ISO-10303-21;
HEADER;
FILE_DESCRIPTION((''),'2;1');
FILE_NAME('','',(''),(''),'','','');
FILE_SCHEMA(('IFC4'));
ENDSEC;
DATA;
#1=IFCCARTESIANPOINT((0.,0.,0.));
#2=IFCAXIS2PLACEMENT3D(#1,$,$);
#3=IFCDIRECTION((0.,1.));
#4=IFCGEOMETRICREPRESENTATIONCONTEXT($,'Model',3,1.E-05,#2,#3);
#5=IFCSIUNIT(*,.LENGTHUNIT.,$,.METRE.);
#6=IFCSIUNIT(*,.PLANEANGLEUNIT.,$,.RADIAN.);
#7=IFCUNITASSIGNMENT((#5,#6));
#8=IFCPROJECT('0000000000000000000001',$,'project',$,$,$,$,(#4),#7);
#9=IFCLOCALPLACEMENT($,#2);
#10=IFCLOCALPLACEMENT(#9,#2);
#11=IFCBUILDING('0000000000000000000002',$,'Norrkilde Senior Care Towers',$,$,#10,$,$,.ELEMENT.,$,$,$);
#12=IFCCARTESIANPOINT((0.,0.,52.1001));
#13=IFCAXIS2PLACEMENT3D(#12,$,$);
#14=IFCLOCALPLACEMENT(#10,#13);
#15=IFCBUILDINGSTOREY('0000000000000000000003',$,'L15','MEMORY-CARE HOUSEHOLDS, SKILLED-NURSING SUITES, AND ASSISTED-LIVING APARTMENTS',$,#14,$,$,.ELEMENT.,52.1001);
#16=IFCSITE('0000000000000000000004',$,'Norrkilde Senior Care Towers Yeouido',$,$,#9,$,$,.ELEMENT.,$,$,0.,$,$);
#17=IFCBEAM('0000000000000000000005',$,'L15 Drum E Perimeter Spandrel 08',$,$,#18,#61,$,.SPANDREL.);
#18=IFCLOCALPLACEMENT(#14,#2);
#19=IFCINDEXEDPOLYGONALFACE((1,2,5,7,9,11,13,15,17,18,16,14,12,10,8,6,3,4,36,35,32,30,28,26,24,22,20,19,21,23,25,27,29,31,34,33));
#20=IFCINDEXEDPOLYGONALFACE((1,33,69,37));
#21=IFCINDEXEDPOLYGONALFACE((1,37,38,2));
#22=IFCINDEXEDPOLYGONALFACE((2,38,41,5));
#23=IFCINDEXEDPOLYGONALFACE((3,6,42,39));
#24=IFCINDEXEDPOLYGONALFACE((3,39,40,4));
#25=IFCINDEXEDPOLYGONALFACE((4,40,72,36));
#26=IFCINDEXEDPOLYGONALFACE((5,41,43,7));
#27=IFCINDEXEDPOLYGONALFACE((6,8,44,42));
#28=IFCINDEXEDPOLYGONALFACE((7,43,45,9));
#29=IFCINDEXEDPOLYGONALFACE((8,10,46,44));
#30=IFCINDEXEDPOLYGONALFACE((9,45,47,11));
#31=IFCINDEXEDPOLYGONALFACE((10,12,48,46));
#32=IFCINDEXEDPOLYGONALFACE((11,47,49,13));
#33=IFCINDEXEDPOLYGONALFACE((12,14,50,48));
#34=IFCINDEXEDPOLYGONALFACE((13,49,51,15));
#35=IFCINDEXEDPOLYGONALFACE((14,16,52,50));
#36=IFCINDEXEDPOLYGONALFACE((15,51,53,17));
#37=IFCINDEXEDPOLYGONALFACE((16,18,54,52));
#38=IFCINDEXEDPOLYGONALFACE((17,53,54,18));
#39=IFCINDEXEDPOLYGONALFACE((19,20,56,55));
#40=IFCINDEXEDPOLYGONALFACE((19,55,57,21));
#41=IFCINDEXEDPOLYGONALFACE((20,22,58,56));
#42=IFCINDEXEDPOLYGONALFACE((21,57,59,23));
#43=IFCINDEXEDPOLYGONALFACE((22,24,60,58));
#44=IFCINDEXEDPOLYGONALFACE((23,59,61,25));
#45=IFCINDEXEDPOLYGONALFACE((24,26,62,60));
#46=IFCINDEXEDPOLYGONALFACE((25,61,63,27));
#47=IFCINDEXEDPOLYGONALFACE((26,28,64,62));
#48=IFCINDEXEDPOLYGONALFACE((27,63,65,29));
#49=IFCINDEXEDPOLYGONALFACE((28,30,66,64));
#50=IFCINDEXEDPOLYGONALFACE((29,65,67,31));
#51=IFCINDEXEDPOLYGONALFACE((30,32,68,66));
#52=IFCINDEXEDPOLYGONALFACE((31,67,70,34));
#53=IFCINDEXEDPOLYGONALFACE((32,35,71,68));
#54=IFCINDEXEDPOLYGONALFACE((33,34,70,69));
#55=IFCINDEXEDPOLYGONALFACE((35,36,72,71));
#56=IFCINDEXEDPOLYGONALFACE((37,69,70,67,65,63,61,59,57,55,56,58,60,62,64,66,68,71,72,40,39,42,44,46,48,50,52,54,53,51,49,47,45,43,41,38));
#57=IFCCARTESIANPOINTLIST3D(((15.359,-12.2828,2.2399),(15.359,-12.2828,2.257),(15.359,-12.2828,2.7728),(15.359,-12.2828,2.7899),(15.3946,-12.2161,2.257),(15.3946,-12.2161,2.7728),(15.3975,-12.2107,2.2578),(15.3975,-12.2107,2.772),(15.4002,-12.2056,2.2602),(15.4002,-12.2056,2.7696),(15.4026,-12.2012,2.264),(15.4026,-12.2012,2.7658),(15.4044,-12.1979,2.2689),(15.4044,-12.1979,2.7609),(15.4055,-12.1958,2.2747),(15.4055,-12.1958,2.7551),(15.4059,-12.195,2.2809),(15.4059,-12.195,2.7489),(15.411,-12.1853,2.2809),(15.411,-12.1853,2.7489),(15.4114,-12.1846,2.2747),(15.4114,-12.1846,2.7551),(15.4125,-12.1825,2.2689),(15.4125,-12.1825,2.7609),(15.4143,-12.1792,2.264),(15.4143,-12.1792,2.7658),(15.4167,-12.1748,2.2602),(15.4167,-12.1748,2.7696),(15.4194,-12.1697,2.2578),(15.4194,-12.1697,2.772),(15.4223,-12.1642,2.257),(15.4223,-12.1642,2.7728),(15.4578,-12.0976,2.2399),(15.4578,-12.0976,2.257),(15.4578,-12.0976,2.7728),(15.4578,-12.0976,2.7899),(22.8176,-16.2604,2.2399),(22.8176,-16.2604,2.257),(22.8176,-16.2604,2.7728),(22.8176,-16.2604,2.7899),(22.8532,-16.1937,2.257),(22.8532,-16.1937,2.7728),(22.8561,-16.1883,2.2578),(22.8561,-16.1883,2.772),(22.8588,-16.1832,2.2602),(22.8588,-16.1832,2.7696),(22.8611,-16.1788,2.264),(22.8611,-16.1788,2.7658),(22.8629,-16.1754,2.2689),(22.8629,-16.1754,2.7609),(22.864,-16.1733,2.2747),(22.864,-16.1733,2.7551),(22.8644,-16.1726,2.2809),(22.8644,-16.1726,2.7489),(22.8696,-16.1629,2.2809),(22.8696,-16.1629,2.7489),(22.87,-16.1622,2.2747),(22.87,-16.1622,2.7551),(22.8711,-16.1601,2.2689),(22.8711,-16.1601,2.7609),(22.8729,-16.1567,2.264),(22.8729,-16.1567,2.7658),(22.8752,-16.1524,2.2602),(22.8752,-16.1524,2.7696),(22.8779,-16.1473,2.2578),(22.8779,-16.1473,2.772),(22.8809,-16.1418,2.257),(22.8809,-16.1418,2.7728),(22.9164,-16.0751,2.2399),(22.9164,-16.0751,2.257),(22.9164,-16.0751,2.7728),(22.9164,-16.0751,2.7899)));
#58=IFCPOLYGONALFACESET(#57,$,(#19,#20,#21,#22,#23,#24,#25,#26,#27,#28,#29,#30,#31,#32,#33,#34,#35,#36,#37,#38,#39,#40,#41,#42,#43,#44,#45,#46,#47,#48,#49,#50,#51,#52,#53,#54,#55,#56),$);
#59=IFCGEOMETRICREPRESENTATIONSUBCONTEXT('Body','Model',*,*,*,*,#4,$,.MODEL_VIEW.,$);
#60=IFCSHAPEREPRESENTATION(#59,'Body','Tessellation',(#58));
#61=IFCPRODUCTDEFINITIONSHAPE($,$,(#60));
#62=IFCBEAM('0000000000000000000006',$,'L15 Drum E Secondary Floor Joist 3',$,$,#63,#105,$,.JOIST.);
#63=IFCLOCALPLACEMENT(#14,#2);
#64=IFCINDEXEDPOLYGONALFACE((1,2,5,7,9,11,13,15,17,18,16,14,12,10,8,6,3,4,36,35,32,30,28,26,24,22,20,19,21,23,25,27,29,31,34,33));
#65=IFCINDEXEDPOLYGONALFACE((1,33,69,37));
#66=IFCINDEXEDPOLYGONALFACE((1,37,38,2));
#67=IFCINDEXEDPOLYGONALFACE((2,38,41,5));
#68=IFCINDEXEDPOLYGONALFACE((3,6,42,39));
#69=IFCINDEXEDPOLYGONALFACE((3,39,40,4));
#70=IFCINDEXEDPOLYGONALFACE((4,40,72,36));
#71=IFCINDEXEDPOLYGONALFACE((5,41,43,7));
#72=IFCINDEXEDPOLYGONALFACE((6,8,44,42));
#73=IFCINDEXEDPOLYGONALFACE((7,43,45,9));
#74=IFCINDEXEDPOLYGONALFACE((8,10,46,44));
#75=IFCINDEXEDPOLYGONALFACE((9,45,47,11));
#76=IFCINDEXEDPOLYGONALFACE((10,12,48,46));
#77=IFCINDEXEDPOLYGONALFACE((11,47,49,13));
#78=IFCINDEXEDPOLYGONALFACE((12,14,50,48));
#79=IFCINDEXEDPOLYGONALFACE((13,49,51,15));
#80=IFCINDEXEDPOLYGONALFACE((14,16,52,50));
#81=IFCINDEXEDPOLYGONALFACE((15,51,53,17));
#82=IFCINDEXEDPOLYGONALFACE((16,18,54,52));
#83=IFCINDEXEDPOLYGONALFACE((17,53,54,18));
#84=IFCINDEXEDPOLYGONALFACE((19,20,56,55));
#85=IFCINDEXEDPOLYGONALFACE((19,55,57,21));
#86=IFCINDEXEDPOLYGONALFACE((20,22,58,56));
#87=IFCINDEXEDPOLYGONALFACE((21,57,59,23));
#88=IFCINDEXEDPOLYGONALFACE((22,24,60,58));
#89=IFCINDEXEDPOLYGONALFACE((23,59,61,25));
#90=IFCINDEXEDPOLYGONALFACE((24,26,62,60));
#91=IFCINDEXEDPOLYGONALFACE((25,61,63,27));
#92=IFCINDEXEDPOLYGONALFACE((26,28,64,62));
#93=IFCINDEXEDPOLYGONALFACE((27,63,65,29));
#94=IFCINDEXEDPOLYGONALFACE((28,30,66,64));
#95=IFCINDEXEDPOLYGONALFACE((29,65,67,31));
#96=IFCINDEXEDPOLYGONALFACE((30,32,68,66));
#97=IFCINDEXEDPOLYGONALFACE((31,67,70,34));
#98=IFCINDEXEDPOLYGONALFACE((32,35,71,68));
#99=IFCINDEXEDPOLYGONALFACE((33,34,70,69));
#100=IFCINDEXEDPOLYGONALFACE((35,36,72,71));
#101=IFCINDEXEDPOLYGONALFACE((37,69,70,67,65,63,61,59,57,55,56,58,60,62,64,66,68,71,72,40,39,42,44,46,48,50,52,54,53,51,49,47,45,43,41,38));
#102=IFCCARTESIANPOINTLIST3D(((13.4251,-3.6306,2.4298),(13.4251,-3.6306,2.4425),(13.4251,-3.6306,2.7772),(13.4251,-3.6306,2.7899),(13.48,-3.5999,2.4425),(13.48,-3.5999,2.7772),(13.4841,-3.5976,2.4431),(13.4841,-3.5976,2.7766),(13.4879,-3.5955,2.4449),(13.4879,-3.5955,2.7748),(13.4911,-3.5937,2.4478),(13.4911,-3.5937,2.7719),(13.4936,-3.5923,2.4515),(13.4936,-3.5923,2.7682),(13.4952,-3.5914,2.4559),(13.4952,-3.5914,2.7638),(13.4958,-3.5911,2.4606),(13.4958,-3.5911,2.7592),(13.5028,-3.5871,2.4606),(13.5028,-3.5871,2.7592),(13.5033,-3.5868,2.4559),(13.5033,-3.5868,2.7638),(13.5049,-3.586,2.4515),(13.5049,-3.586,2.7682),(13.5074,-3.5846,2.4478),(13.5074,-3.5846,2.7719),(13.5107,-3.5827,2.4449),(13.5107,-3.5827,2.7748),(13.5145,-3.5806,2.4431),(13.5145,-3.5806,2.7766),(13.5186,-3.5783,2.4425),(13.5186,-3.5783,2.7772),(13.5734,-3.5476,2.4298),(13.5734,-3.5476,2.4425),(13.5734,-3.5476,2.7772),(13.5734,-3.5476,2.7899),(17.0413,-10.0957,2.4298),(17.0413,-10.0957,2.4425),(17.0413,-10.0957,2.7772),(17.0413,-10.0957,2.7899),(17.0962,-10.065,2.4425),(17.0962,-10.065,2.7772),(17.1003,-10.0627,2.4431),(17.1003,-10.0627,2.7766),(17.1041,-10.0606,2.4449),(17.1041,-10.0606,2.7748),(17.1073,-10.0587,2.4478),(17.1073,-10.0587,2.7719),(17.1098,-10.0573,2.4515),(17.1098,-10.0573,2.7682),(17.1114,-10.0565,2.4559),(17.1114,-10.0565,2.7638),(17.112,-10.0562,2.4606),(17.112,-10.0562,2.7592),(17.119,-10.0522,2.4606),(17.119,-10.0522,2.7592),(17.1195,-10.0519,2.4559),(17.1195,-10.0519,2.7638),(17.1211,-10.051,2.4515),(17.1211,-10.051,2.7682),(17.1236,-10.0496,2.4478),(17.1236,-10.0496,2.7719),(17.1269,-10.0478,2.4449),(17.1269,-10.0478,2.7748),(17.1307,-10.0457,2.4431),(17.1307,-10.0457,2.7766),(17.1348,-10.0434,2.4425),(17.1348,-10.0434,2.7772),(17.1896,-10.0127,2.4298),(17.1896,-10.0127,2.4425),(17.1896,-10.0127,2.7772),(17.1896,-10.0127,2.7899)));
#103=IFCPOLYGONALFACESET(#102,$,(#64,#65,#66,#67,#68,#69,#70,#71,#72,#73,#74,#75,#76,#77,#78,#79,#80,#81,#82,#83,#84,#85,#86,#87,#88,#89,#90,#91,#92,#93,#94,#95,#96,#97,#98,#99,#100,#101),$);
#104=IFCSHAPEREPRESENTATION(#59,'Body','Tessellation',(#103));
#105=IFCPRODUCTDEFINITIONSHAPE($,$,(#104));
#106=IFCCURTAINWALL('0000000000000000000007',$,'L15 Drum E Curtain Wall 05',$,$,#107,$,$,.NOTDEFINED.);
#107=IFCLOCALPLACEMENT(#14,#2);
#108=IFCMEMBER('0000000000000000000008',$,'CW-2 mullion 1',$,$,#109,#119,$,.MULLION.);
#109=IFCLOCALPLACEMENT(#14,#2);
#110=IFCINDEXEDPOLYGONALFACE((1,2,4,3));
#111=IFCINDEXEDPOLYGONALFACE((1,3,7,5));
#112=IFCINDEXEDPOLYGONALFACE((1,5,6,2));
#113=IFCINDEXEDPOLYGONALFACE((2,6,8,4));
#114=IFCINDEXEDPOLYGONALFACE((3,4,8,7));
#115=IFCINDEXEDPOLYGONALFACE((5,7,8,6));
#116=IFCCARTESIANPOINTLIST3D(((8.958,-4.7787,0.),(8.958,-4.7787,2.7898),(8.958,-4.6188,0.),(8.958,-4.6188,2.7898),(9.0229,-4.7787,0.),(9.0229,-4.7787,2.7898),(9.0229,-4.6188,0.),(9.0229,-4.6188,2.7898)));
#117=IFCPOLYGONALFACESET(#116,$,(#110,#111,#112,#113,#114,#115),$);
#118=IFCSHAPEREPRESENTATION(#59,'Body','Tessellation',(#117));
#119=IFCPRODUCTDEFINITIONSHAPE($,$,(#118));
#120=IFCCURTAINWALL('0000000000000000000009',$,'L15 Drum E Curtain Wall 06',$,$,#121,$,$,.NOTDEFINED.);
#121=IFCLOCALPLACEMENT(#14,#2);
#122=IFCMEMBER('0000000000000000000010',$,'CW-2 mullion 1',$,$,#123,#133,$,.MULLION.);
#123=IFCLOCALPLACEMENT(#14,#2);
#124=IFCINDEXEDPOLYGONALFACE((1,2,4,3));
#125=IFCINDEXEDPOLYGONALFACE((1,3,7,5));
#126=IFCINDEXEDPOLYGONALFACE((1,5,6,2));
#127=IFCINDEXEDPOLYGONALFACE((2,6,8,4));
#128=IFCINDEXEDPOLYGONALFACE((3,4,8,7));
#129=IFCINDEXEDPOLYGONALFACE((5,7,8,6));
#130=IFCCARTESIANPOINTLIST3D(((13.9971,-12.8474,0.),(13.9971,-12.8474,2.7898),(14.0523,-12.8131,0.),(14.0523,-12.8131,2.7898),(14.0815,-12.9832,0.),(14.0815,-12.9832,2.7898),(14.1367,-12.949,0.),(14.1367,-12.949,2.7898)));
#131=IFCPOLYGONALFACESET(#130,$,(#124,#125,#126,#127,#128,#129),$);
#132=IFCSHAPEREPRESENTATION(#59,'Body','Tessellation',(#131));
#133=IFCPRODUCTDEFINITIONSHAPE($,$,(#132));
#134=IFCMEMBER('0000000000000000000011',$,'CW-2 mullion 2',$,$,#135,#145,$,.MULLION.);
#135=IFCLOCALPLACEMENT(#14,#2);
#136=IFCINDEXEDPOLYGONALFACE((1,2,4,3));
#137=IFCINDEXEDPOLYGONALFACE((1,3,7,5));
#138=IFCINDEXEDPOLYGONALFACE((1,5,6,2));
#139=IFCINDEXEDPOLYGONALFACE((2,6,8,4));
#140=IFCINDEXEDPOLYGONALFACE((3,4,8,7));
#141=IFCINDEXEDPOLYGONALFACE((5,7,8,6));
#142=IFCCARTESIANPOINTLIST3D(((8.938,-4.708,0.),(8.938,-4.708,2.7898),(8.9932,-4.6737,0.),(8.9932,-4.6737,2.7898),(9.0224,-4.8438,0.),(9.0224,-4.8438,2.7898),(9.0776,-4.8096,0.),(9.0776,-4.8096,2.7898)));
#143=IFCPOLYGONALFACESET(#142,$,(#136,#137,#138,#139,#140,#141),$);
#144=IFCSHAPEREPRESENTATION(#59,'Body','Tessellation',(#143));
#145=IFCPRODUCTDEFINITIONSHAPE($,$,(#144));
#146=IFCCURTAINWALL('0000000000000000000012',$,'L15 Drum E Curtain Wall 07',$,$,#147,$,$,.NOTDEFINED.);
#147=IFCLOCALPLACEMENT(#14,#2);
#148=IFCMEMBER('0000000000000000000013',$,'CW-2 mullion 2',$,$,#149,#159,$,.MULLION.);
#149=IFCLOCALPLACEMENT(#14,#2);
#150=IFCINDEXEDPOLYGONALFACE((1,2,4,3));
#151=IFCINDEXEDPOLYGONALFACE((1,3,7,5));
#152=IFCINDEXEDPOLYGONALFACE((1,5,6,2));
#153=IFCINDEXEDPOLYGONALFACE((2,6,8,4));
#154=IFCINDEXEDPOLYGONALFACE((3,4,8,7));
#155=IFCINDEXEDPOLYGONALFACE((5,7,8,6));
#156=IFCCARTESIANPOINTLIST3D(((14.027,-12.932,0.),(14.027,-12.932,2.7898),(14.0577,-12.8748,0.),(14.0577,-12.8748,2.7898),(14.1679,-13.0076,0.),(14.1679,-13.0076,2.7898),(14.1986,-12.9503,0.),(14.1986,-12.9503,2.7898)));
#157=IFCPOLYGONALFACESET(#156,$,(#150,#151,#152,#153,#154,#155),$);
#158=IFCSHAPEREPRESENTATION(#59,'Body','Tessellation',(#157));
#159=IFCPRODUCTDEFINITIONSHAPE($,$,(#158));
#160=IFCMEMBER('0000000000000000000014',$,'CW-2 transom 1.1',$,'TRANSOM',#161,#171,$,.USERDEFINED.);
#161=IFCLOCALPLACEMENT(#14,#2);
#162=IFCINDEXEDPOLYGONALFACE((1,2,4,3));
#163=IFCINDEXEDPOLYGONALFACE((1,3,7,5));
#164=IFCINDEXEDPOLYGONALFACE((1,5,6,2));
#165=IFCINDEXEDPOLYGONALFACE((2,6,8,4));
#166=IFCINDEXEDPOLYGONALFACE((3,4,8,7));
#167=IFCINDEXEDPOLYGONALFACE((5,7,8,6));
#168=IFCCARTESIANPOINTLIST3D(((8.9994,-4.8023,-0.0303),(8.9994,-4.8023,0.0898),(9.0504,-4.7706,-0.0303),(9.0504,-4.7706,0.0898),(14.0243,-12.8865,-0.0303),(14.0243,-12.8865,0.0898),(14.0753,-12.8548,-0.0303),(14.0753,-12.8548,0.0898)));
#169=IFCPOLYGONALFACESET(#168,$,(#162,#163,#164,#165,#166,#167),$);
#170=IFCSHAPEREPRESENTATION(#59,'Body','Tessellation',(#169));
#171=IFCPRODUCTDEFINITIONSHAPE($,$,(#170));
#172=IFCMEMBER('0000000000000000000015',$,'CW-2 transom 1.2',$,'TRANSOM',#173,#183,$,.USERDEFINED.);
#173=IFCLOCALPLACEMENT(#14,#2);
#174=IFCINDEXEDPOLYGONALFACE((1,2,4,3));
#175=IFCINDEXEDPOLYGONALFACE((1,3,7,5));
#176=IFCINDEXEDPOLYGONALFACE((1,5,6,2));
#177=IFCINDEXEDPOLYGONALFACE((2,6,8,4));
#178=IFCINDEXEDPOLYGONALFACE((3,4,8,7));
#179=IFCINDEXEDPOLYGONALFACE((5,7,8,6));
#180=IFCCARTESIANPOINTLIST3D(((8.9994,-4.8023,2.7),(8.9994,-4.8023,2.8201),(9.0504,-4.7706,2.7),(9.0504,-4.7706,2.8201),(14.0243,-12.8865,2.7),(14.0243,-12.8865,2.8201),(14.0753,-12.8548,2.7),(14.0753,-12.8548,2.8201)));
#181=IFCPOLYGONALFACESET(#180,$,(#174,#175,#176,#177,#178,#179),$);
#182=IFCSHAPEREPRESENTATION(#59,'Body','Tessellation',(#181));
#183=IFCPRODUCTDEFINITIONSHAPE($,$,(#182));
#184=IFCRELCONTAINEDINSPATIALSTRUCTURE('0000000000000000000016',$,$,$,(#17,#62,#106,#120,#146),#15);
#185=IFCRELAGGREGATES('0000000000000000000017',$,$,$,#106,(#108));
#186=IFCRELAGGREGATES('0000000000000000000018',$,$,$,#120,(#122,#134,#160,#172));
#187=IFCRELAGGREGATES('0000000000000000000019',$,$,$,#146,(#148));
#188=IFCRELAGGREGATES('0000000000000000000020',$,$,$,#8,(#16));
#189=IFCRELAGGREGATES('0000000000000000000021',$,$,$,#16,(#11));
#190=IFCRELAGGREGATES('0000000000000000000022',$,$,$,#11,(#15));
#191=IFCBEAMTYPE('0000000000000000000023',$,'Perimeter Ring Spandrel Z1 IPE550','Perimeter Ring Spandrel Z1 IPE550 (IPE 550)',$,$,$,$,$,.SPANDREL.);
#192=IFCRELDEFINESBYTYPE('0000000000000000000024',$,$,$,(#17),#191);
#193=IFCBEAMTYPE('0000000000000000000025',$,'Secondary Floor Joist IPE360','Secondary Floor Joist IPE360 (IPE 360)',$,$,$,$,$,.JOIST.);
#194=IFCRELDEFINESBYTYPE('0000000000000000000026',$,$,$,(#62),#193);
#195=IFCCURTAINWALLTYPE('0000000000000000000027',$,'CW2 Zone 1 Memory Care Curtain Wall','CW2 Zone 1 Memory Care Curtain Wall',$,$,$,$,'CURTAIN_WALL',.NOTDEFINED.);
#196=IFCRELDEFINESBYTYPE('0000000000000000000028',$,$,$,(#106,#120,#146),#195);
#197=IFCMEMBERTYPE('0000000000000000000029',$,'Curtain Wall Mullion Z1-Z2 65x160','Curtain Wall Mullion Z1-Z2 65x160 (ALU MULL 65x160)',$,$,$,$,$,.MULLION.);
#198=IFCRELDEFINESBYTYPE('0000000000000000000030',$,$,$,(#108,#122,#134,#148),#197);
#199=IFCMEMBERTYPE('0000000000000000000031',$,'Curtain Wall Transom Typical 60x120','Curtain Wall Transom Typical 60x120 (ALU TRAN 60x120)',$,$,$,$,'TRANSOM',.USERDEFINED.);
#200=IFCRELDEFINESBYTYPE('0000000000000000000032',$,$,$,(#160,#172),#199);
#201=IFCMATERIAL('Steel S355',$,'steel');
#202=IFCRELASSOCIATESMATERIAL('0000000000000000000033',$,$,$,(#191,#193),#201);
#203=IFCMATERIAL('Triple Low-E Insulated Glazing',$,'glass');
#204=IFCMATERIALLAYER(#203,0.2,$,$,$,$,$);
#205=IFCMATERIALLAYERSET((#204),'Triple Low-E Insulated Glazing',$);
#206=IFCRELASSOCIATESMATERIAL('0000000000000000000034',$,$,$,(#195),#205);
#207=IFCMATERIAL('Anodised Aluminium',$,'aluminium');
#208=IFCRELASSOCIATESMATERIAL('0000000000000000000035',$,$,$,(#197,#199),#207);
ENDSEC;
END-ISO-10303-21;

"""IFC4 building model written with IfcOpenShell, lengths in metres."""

from ifc_helpers import new_model, si_unit, direction, frame, origin, origin_2d, place, context, subcontext, project, spatial, rectangle, i_section, extrude, source, transform, mapped, material, layer, layer_set, material_profile, profile_set, type_object, type_shapes, element, aggregate, save


model = new_model("IFC4")

# Units and contexts
model_context = context("Model", 3, precision=1e-05, world=origin(), true_north=direction((0.0, 1.0)))
body_context = subcontext(model_context, "Body", "Model", "MODEL_VIEW")
ifc_project = project(units=[si_unit("LENGTHUNIT", "METRE"), si_unit("PLANEANGLEUNIT", "RADIAN")], contexts=[model_context])

# Site, building, storey
site_placement = place(None, origin())
site = spatial("IfcSite", under=ifc_project, at=site_placement, Name="Norrkilde Senior Care Towers Yeouido", CompositionType="ELEMENT", RefElevation=0.0)
building_placement = place(site_placement, origin())
building = spatial("IfcBuilding", under=site, at=building_placement, Name="Norrkilde Senior Care Towers", CompositionType="ELEMENT")
storey_placement = place(building_placement, frame((0.0, 0.0, 52.1001)))
storey = spatial("IfcBuildingStorey", under=building, at=storey_placement, Name="L15", Description="MEMORY-CARE HOUSEHOLDS, SKILLED-NURSING SUITES, AND ASSISTED-LIVING APARTMENTS", CompositionType="ELEMENT", Elevation=52.1001)

# Beams
ifc_material_1 = material(Name="Steel S355", Category="steel")
ifc_material_profile_1 = material_profile(ifc_material_1, i_section(OverallWidth=0.21, OverallDepth=0.55, WebThickness=0.011, FlangeThickness=0.0171, FilletRadius=0.0239, at=origin_2d()), Name="IPE 550")
ifc_profile_set_1 = profile_set([ifc_material_profile_1], Name="Steel S355")
beam_type_1 = type_object("IfcBeamType", Name="Perimeter Ring Spandrel Z1 IPE550", Description="Perimeter Ring Spandrel Z1 IPE550 (IPE 550)", PredefinedType="SPANDREL", material=ifc_profile_set_1)
shared_shape_1 = source(origin(), body_context, "Body", "SweptSolid", [
    extrude(i_section(OverallWidth=0.21, OverallDepth=0.55, WebThickness=0.011, FlangeThickness=0.0171, FilletRadius=0.0239, at=origin_2d()), origin(), (0.0, 0.0, 1.0), 8.4529),
])
beam_1_placement = place(storey_placement, frame((15.4084, -12.1902, 2.5149), z_axis=(0.882369, -0.470558, 0.0), x_axis=(0.470558, 0.882369, 0.0)))
element("IfcBeam", 1, at=beam_1_placement, inside=storey, type_object=beam_type_1, Name="L15 Drum E Perimeter Spandrel 08", PredefinedType="SPANDREL", context=body_context, shape_type="MappedRepresentation", body=[
    mapped(shared_shape_1, transform((0.0, 0.0, 0.0), x_axis=(1.0, 0.0, 0.0), y_axis=(0.0, 1.0, 0.0), z_axis=(0.0, 0.0, 1.0), scale=1.0)),
])
ifc_material_profile_2 = material_profile(ifc_material_1, i_section(OverallWidth=0.1699, OverallDepth=0.3601, WebThickness=0.0081, FlangeThickness=0.0127, FilletRadius=0.0181, at=origin_2d()), Name="IPE 360")
ifc_profile_set_2 = profile_set([ifc_material_profile_2], Name="Steel S355")
beam_type_2 = type_object("IfcBeamType", Name="Secondary Floor Joist IPE360", Description="Secondary Floor Joist IPE360 (IPE 360)", PredefinedType="JOIST", material=ifc_profile_set_2)
shared_shape_2 = source(origin(), body_context, "Body", "SweptSolid", [
    extrude(i_section(OverallWidth=0.1699, OverallDepth=0.3601, WebThickness=0.0081, FlangeThickness=0.0127, FilletRadius=0.0181, at=origin_2d()), origin(), (0.0, 0.0, 1.0), 7.4077),
])
type_shapes(beam_type_2, [shared_shape_2])
beam_2_placement = place(storey_placement, frame((13.4993, -3.5891, 2.6099), z_axis=(0.488168, -0.87275, 0.0), x_axis=(0.87275, 0.488168, 0.0)))
element("IfcBeam", 2, at=beam_2_placement, inside=storey, type_object=beam_type_2, Name="L15 Drum E Secondary Floor Joist 3", PredefinedType="JOIST", context=body_context, shape_type="MappedRepresentation", body=[
    mapped(shared_shape_2, transform((0.0, 0.0, 0.0), x_axis=(1.0, 0.0, 0.0), y_axis=(0.0, 1.0, 0.0), z_axis=(0.0, 0.0, 1.0), scale=1.0)),
])

# Curtain wall, member
ifc_material_2 = material(Name="Triple Low-E Insulated Glazing", Category="glass")
ifc_layer_1 = layer(ifc_material_2, 0.2)
ifc_layer_set_1 = layer_set([ifc_layer_1], Name="Triple Low-E Insulated Glazing")
curtain_wall_type = type_object("IfcCurtainWallType", Name="CW2 Zone 1 Memory Care Curtain Wall", Description="CW2 Zone 1 Memory Care Curtain Wall", ElementType="CURTAIN_WALL", PredefinedType="NOTDEFINED", material=ifc_layer_set_1)
curtain_wall_1_placement = place(storey_placement, origin())
curtain_wall_1 = element("IfcCurtainWall", 3, at=curtain_wall_1_placement, inside=storey, type_object=curtain_wall_type, Name="L15 Drum E Curtain Wall 05", PredefinedType="NOTDEFINED")
ifc_material_3 = material(Name="Anodised Aluminium", Category="aluminium")
ifc_material_profile_3 = material_profile(ifc_material_3, rectangle(XDim=0.0649, YDim=0.1599, at=origin_2d()), Name="ALU MULL 65x160")
ifc_profile_set_3 = profile_set([ifc_material_profile_3], Name="Anodised Aluminium")
member_type_1 = type_object("IfcMemberType", Name="Curtain Wall Mullion Z1-Z2 65x160", Description="Curtain Wall Mullion Z1-Z2 65x160 (ALU MULL 65x160)", PredefinedType="MULLION", material=ifc_profile_set_3)
shared_shape_3 = source(origin(), body_context, "Body", "SweptSolid", [
    extrude(rectangle(XDim=0.0649, YDim=0.1599, at=origin_2d()), origin(), (0.0, 0.0, 1.0), 2.7898),
])
type_shapes(member_type_1, [shared_shape_3])
member_1_placement = place(storey_placement, frame((8.9905, -4.6987, 0.0), z_axis=(0.0, 0.0, 1.0), x_axis=(-1.0, 0.0, 0.0)))
member_1 = element("IfcMember", 4, at=member_1_placement, type_object=member_type_1, Name="CW-2 mullion 1", PredefinedType="MULLION", context=body_context, shape_type="MappedRepresentation", body=[
    mapped(shared_shape_3, transform((0.0, 0.0, 0.0), x_axis=(1.0, 0.0, 0.0), y_axis=(0.0, 1.0, 0.0), z_axis=(0.0, 0.0, 1.0), scale=1.0)),
])

# Curtain wall, members
curtain_wall_2_placement = place(storey_placement, origin())
curtain_wall_2 = element("IfcCurtainWall", 5, at=curtain_wall_2_placement, inside=storey, type_object=curtain_wall_type, Name="L15 Drum E Curtain Wall 06", PredefinedType="NOTDEFINED")
member_2_placement = place(storey_placement, frame((14.0669, -12.8982, 0.0), z_axis=(0.0, 0.0, 1.0), x_axis=(-0.849306, -0.527901, 0.0)))
member_2 = element("IfcMember", 6, at=member_2_placement, type_object=member_type_1, Name="CW-2 mullion 1", PredefinedType="MULLION", context=body_context, shape_type="MappedRepresentation", body=[
    mapped(shared_shape_3, transform((0.0, 0.0, 0.0), x_axis=(1.0, 0.0, 0.0), y_axis=(0.0, 1.0, 0.0), z_axis=(0.0, 0.0, 1.0), scale=1.0)),
])
member_3_placement = place(storey_placement, frame((9.0078, -4.7588, 0.0), z_axis=(0.0, 0.0, 1.0), x_axis=(-0.849306, -0.527901, 0.0)))
member_3 = element("IfcMember", 7, at=member_3_placement, type_object=member_type_1, Name="CW-2 mullion 2", PredefinedType="MULLION", context=body_context, shape_type="MappedRepresentation", body=[
    mapped(shared_shape_3, transform((0.0, 0.0, 0.0), x_axis=(1.0, 0.0, 0.0), y_axis=(0.0, 1.0, 0.0), z_axis=(0.0, 0.0, 1.0), scale=1.0)),
])

# Curtain wall, member
curtain_wall_3_placement = place(storey_placement, origin())
curtain_wall_3 = element("IfcCurtainWall", 8, at=curtain_wall_3_placement, inside=storey, type_object=curtain_wall_type, Name="L15 Drum E Curtain Wall 07", PredefinedType="NOTDEFINED")
member_4_placement = place(storey_placement, frame((14.1128, -12.9412, 0.0), z_axis=(0.0, 0.0, 1.0), x_axis=(-0.472608, -0.881273, 0.0)))
member_4 = element("IfcMember", 9, at=member_4_placement, type_object=member_type_1, Name="CW-2 mullion 2", PredefinedType="MULLION", context=body_context, shape_type="MappedRepresentation", body=[
    mapped(shared_shape_3, transform((0.0, 0.0, 0.0), x_axis=(1.0, 0.0, 0.0), y_axis=(0.0, 1.0, 0.0), z_axis=(0.0, 0.0, 1.0), scale=1.0)),
])

# Members
ifc_material_profile_4 = material_profile(ifc_material_3, rectangle(XDim=0.0601, YDim=0.1201, at=origin_2d()), Name="ALU TRAN 60x120")
ifc_profile_set_4 = profile_set([ifc_material_profile_4], Name="Anodised Aluminium")
member_type_2 = type_object("IfcMemberType", Name="Curtain Wall Transom Typical 60x120", Description="Curtain Wall Transom Typical 60x120 (ALU TRAN 60x120)", ElementType="TRANSOM", PredefinedType="USERDEFINED", material=ifc_profile_set_4)
shared_shape_4 = source(origin(), body_context, "Body", "SweptSolid", [
    extrude(rectangle(XDim=0.0601, YDim=0.1201, at=origin_2d()), origin(), (0.0, 0.0, 1.0), 9.5186),
])
member_5_placement = place(storey_placement, frame((14.0498, -12.8706, 0.0298), z_axis=(-0.527902, 0.849306, 0.0), x_axis=(-0.849306, -0.527902, 0.0)))
member_5 = element("IfcMember", 10, at=member_5_placement, type_object=member_type_2, Name="CW-2 transom 1.1", ObjectType="TRANSOM", PredefinedType="USERDEFINED", context=body_context, shape_type="MappedRepresentation", body=[
    mapped(shared_shape_4, transform((0.0, 0.0, 0.0), x_axis=(1.0, 0.0, 0.0), y_axis=(0.0, 1.0, 0.0), z_axis=(0.0, 0.0, 1.0), scale=1.0)),
])
member_6_placement = place(storey_placement, frame((14.0498, -12.8706, 2.76), z_axis=(-0.527902, 0.849306, 0.0), x_axis=(-0.849306, -0.527902, 0.0)))
member_6 = element("IfcMember", 11, at=member_6_placement, type_object=member_type_2, Name="CW-2 transom 1.2", ObjectType="TRANSOM", PredefinedType="USERDEFINED", context=body_context, shape_type="MappedRepresentation", body=[
    mapped(shared_shape_4, transform((0.0, 0.0, 0.0), x_axis=(1.0, 0.0, 0.0), y_axis=(0.0, 1.0, 0.0), z_axis=(0.0, 0.0, 1.0), scale=1.0)),
])
aggregate(curtain_wall_1, [member_1])

aggregate(curtain_wall_2, [member_2, member_3, member_5, member_6])
aggregate(curtain_wall_3, [member_4])

save(model, "model.ifc")
